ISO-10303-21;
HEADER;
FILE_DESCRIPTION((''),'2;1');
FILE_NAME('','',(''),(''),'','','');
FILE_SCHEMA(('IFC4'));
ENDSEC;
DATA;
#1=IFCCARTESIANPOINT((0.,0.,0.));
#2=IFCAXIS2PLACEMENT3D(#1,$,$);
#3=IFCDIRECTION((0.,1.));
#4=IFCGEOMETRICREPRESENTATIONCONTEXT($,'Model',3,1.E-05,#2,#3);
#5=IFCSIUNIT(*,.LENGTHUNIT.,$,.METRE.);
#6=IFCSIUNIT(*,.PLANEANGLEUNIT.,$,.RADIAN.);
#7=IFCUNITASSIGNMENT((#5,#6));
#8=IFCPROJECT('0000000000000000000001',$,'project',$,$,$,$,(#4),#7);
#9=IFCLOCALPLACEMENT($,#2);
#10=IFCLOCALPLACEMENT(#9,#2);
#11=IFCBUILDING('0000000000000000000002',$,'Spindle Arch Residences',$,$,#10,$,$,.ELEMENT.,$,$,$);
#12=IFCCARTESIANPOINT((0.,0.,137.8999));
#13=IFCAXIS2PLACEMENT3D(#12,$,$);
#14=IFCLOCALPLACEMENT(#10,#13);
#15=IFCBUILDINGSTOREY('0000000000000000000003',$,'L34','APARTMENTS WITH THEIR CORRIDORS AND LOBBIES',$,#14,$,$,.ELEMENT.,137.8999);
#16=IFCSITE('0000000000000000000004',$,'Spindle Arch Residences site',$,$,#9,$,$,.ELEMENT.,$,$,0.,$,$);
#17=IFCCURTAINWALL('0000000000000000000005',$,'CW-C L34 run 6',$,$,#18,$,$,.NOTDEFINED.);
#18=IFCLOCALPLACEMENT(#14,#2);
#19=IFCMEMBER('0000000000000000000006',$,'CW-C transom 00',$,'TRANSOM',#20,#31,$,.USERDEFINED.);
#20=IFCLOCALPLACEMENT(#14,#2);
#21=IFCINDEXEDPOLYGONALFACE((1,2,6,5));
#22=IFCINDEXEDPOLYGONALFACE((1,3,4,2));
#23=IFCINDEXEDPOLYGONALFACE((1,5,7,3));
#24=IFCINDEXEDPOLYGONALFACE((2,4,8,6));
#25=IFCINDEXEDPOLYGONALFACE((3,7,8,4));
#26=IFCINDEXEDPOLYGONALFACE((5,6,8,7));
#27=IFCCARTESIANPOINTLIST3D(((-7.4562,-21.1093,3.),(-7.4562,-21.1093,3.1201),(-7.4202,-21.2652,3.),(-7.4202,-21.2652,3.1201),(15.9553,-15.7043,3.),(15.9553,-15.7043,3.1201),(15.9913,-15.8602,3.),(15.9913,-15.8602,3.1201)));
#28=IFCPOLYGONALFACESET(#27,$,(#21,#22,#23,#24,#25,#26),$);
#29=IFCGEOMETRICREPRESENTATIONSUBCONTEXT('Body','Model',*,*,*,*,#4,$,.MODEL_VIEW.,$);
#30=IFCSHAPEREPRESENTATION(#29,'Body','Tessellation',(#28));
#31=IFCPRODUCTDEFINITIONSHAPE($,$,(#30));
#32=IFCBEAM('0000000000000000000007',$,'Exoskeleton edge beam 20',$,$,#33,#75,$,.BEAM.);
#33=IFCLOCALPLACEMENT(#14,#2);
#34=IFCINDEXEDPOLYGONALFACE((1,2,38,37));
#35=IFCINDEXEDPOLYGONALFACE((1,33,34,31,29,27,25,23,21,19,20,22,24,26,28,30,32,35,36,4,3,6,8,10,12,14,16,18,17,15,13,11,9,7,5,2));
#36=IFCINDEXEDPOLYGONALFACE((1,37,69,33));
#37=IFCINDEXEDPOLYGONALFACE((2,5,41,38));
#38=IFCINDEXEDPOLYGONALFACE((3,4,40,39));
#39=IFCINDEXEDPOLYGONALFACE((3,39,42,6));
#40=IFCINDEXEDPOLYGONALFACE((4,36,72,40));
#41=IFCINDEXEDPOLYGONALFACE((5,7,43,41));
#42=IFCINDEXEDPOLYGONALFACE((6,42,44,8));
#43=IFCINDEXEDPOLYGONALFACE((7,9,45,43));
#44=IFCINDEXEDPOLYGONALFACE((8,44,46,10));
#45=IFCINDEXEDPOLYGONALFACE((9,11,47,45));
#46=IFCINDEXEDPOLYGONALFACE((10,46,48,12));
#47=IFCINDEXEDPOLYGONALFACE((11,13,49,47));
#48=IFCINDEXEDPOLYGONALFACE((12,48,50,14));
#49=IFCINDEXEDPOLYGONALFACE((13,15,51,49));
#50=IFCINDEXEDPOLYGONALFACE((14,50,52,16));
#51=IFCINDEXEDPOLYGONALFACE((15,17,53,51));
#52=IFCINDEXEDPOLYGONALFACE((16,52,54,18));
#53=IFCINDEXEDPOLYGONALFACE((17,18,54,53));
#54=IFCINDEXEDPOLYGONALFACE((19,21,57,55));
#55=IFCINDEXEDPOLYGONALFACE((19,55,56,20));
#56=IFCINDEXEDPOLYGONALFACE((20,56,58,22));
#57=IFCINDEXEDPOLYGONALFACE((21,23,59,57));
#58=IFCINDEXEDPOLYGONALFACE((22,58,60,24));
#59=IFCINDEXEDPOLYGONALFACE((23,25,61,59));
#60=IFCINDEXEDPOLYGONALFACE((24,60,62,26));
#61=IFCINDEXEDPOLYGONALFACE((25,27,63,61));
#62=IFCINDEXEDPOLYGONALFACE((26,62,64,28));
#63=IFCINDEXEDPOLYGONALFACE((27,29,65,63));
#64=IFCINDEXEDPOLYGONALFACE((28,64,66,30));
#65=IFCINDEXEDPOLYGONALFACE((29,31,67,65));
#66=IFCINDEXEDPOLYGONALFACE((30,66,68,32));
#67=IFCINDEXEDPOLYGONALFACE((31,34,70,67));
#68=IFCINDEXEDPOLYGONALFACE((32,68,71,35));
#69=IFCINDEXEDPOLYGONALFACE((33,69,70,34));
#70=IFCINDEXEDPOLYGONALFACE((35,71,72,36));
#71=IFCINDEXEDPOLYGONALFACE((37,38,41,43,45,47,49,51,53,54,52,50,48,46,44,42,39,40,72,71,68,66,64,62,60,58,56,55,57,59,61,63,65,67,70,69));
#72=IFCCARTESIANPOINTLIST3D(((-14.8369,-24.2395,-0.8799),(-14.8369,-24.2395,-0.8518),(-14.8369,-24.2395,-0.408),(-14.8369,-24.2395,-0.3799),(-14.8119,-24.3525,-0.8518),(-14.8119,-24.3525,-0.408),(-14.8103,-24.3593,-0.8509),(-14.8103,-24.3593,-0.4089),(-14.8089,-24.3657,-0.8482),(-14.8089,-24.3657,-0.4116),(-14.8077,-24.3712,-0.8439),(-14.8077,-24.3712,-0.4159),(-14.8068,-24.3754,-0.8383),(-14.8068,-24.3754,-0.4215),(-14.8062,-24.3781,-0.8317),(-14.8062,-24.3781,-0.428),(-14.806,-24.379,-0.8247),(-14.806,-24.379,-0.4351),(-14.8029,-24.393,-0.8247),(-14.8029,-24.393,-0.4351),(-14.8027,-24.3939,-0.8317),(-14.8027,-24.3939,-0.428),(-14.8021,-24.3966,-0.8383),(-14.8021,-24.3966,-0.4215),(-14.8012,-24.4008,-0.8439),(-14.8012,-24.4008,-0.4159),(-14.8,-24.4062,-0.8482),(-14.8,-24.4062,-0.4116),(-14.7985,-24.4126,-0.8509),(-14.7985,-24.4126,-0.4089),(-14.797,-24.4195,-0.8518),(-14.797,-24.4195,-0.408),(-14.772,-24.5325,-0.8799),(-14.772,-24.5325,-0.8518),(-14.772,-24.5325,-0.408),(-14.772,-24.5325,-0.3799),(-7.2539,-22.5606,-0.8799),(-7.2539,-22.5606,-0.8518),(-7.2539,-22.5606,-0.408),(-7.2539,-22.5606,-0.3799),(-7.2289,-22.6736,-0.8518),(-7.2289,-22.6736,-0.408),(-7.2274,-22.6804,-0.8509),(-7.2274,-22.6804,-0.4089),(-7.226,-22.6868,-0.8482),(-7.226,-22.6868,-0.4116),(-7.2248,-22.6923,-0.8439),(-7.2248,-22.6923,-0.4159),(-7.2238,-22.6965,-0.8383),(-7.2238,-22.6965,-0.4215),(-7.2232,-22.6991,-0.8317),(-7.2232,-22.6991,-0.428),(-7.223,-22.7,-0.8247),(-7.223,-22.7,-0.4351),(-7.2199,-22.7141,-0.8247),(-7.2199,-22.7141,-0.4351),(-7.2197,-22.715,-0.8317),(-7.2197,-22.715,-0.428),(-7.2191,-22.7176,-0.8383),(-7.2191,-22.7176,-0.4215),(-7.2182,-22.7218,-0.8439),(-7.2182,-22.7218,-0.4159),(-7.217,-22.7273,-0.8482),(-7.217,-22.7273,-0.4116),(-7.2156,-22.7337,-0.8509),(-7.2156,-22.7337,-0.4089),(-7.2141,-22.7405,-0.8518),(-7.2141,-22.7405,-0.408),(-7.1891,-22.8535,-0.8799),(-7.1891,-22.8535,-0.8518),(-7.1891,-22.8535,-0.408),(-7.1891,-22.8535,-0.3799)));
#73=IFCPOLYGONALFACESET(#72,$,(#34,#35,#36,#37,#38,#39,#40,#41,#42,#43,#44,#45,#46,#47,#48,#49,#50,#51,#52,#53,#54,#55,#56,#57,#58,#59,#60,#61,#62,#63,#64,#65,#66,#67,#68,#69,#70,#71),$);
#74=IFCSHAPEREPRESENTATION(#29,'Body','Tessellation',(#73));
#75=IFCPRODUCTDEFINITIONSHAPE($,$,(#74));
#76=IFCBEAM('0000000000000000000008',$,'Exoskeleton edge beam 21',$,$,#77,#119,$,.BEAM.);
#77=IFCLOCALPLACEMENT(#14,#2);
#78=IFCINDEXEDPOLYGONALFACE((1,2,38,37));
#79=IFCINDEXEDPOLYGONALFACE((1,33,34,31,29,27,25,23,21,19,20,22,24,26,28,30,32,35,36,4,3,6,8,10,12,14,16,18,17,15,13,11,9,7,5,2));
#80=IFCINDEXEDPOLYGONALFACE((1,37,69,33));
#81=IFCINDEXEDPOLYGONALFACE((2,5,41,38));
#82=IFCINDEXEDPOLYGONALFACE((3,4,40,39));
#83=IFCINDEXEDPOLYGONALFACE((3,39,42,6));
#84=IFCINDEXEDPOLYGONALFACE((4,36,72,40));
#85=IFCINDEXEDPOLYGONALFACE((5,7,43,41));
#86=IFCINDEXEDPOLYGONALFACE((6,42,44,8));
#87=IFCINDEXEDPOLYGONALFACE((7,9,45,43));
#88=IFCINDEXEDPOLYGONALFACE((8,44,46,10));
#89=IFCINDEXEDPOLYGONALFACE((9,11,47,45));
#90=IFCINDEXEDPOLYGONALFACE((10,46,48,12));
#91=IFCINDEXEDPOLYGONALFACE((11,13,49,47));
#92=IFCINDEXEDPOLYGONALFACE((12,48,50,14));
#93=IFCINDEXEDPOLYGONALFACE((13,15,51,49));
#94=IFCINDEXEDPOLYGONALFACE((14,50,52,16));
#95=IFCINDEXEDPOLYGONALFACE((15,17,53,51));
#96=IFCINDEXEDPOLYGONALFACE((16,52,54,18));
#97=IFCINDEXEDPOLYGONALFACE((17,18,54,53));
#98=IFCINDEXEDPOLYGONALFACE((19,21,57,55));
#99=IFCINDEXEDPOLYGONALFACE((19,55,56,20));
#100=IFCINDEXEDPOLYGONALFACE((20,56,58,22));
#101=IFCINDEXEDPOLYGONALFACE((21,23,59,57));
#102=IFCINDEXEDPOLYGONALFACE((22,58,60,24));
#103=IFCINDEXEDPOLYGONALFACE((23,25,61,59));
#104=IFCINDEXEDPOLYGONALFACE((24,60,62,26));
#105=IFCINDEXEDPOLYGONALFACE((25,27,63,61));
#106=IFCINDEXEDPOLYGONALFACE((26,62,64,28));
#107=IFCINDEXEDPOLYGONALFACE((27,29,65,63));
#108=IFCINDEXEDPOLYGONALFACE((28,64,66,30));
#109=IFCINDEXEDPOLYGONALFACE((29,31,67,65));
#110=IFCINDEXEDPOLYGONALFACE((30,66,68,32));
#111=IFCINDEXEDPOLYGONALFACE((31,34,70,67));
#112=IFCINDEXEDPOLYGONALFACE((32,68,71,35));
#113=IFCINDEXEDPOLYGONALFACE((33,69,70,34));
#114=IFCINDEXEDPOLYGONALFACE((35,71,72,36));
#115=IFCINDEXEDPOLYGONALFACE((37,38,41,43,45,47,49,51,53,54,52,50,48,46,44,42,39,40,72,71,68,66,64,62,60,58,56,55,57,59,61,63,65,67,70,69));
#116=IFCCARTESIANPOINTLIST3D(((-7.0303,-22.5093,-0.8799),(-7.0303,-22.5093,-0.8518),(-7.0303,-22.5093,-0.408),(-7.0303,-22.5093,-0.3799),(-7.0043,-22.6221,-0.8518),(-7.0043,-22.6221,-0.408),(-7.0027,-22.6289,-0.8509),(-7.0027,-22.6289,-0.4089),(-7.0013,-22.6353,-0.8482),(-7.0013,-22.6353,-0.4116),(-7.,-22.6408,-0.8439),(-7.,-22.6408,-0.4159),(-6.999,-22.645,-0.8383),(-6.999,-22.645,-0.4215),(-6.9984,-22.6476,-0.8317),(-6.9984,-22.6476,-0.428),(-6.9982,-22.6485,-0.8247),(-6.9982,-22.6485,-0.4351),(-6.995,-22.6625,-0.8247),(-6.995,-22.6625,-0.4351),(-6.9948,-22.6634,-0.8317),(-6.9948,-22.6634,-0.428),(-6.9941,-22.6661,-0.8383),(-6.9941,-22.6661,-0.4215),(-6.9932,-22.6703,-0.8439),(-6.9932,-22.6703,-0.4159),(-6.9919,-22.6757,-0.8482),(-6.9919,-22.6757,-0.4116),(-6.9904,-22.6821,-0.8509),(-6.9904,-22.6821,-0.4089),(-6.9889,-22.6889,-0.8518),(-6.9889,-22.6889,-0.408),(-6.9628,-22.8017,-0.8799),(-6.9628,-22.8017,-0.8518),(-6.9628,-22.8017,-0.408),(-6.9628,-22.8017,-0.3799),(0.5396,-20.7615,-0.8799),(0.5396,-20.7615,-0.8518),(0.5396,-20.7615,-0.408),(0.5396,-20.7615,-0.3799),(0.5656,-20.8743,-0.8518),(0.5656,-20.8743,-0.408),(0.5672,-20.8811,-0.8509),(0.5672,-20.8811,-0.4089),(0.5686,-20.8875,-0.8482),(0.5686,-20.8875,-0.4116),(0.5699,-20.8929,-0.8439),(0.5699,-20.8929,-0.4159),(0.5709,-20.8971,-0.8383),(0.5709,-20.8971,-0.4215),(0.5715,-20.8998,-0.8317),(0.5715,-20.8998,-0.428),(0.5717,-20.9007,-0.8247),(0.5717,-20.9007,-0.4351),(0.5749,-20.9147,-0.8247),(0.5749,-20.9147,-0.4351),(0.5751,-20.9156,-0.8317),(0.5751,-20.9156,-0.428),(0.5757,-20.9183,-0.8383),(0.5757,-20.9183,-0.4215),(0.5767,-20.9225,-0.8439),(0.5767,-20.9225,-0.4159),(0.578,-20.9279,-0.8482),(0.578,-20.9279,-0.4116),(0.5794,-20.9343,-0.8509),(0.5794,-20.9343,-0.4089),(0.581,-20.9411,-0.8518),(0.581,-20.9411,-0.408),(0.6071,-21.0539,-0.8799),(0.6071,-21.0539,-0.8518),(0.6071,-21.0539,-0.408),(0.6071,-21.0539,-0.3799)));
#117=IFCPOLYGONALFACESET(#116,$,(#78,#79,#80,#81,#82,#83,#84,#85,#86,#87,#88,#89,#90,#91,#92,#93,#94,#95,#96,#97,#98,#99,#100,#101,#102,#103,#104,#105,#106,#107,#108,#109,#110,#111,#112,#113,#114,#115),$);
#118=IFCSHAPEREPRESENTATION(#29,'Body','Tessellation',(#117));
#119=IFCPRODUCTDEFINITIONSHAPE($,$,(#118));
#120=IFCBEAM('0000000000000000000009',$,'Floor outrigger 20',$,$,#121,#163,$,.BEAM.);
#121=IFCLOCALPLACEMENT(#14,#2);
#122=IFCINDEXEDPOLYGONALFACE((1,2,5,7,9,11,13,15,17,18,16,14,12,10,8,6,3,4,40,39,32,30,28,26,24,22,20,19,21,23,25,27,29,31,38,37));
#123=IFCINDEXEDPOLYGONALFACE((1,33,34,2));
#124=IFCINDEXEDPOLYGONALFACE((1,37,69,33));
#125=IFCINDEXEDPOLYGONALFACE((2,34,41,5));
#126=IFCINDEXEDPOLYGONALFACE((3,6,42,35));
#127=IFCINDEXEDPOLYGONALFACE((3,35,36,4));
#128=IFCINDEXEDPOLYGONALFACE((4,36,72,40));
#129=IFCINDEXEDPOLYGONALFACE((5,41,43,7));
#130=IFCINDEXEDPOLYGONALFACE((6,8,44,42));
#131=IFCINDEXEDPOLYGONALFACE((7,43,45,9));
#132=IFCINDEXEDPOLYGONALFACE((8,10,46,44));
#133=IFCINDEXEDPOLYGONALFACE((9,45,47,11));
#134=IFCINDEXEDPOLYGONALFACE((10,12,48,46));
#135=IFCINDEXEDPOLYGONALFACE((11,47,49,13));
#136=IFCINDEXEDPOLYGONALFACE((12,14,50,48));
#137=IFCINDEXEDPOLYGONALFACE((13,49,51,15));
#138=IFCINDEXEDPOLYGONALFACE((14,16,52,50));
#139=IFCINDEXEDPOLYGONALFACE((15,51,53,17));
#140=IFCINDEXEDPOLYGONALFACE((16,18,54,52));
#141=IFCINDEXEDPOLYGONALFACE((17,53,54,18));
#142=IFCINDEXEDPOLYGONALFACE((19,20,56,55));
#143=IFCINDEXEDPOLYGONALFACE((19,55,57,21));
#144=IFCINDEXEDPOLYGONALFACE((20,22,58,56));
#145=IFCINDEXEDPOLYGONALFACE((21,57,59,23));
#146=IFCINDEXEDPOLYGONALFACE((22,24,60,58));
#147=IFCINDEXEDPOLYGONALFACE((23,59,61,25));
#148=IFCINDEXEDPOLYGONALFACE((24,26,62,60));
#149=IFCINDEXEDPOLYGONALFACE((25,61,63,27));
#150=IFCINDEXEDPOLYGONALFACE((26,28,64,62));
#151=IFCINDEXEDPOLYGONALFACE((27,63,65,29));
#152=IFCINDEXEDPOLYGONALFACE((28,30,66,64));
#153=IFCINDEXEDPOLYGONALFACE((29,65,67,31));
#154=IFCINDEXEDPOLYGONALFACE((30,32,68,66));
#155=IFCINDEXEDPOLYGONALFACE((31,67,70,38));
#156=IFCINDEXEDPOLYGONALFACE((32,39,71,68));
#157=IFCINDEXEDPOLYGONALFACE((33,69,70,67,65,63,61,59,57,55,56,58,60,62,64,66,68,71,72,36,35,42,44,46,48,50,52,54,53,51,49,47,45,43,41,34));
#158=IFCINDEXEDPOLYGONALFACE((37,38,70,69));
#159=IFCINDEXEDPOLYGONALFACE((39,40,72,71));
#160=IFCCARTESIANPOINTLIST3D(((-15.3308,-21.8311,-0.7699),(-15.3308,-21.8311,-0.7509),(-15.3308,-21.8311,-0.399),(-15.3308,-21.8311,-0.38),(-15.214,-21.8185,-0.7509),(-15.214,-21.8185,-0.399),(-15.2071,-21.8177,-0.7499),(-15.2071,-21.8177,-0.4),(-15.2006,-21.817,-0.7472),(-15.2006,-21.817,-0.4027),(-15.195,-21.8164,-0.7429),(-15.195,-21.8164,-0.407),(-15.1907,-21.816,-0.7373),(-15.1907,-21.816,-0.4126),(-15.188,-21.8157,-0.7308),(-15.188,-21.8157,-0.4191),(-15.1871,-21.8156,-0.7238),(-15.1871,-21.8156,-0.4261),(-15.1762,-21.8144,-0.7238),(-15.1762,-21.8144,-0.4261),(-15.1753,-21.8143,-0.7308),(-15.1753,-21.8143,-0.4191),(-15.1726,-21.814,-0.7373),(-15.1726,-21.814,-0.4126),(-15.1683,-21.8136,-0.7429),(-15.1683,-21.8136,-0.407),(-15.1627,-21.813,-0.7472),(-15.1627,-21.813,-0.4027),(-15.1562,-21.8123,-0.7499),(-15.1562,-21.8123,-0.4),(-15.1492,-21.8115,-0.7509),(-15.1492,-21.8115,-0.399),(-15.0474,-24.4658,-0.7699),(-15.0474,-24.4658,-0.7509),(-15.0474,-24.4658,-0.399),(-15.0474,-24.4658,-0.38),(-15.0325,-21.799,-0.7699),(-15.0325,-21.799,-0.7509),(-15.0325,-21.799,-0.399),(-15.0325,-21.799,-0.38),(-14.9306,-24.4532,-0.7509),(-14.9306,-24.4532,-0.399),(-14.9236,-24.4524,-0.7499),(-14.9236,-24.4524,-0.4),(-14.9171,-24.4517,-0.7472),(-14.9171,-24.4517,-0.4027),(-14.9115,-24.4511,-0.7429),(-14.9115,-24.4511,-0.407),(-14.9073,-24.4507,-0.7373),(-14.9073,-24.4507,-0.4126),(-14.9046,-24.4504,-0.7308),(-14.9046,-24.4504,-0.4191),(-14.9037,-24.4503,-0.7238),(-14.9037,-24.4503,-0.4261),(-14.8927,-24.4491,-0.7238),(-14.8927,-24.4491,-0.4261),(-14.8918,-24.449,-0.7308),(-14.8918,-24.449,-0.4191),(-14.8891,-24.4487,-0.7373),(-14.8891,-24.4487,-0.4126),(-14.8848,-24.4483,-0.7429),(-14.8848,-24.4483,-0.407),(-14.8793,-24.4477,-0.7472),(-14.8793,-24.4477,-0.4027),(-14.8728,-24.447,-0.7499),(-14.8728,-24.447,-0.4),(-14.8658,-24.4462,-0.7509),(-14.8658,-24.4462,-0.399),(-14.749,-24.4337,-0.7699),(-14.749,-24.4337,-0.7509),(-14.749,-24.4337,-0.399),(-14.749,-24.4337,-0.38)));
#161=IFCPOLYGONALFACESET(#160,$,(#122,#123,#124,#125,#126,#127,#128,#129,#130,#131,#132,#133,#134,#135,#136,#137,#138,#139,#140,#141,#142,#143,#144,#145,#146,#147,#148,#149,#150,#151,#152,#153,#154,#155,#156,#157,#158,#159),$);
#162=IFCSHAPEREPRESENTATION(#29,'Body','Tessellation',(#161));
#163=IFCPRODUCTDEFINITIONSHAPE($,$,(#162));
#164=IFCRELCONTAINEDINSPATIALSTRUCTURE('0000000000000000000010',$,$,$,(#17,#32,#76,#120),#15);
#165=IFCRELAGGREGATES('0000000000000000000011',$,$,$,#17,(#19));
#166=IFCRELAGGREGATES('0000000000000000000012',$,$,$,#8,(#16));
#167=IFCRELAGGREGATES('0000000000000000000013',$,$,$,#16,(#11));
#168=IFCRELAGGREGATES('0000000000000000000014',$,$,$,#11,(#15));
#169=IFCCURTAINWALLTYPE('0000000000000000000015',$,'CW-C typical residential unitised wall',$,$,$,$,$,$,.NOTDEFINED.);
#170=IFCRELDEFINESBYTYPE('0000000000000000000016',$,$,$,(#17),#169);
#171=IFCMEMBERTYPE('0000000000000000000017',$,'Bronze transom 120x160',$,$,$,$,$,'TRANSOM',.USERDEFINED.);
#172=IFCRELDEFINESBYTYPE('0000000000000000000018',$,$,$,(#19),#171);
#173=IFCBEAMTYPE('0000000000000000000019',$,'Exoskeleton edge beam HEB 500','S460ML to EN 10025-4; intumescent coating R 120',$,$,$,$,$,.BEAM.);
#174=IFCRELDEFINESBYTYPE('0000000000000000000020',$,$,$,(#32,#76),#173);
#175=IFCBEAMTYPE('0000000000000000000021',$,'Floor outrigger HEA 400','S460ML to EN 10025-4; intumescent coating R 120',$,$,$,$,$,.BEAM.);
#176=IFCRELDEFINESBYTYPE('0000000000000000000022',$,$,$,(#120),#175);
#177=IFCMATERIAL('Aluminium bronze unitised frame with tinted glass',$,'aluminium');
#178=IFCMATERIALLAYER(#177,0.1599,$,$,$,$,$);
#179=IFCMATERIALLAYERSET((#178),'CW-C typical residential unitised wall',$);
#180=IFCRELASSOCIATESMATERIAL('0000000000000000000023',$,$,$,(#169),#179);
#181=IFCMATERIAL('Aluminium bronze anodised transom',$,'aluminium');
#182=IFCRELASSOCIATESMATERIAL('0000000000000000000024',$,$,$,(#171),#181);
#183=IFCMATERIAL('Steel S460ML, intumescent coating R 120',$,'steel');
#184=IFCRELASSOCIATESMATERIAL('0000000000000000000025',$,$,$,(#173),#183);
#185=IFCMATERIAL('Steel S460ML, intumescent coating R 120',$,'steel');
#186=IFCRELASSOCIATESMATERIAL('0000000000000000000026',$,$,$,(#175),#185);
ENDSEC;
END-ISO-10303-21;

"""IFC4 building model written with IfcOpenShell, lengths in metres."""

from ifc_helpers import new_model, si_unit, direction, frame, origin, origin_2d, place, context, subcontext, project, spatial, rectangle, i_section, extrude, material, layer, layer_set, material_profile, profile_set, type_object, element, aggregate, save


model = new_model("IFC4")

# Units and contexts
model_context = context("Model", 3, precision=1e-05, world=origin(), true_north=direction((0.0, 1.0)))
body_context = subcontext(model_context, "Body", "Model", "MODEL_VIEW")
ifc_project = project(units=[si_unit("LENGTHUNIT", "METRE"), si_unit("PLANEANGLEUNIT", "RADIAN")], contexts=[model_context])

# Site, building, storey
site_placement = place(None, origin())
site = spatial("IfcSite", under=ifc_project, at=site_placement, Name="Spindle Arch Residences site", CompositionType="ELEMENT", RefElevation=0.0)
building_placement = place(site_placement, origin())
building = spatial("IfcBuilding", under=site, at=building_placement, Name="Spindle Arch Residences", CompositionType="ELEMENT")
storey_placement = place(building_placement, frame((0.0, 0.0, 137.8999)))
storey = spatial("IfcBuildingStorey", under=building, at=storey_placement, Name="L34", Description="APARTMENTS WITH THEIR CORRIDORS AND LOBBIES", CompositionType="ELEMENT", Elevation=137.8999)

# Curtain wall
ifc_material_1 = material(Name="Aluminium bronze unitised frame with tinted glass", Category="aluminium")
ifc_layer_1 = layer(ifc_material_1, 0.1599)
ifc_layer_set_1 = layer_set([ifc_layer_1], Name="CW-C typical residential unitised wall")
curtain_wall_type_1 = type_object("IfcCurtainWallType", Name="CW-C typical residential unitised wall", PredefinedType="NOTDEFINED", material=ifc_layer_set_1)
curtain_wall_1_placement = place(storey_placement, origin())
curtain_wall_1 = element("IfcCurtainWall", 1, at=curtain_wall_1_placement, inside=storey, type_object=curtain_wall_type_1, Name="CW-C L34 run 6", PredefinedType="NOTDEFINED")

# Member
ifc_material_2 = material(Name="Aluminium bronze anodised transom", Category="aluminium")
ifc_material_profile_1 = material_profile(ifc_material_2, rectangle(XDim=0.1599, YDim=0.1201, at=origin_2d()), Name="TR 120x160")
ifc_profile_set_1 = profile_set([ifc_material_profile_1], Name="Aluminium bronze anodised transom")
member_type_1 = type_object("IfcMemberType", Name="Bronze transom 120x160", ElementType="TRANSOM", PredefinedType="USERDEFINED", material=ifc_profile_set_1)
member_1_placement = place(storey_placement, frame((-7.4382, -21.1873, 3.0601), z_axis=(0.97437, 0.224952, 0.0), x_axis=(-0.224952, 0.97437, 0.0)))
member_1 = element("IfcMember", 2, at=member_1_placement, type_object=member_type_1, Name="CW-C transom 00", ObjectType="TRANSOM", PredefinedType="USERDEFINED", context=body_context, shape_type="SweptSolid", body=[
    extrude(rectangle(XDim=0.1599, YDim=0.1201, at=origin_2d()), origin(), (0.0, 0.0, 1.0), 24.0273),
])

# Beams
ifc_material_3 = material(Name="Steel S460ML, intumescent coating R 120", Category="steel")
ifc_material_profile_2 = material_profile(ifc_material_3, i_section(OverallWidth=0.3, OverallDepth=0.5, WebThickness=0.0144, FlangeThickness=0.0281, FilletRadius=0.0271, at=origin_2d()), Name="HEB 500")
ifc_profile_set_2 = profile_set([ifc_material_profile_2], Name="Steel S460ML, intumescent coating R 120")
beam_type_1 = type_object("IfcBeamType", Name="Exoskeleton edge beam HEB 500", Description="S460ML to EN 10025-4; intumescent coating R 120", PredefinedType="BEAM", material=ifc_profile_set_2)
beam_1_placement = place(storey_placement, frame((-14.8044, -24.386, -0.6299), z_axis=(0.976355, 0.216175, 0.0), x_axis=(-0.216175, 0.976355, 0.0)))
element("IfcBeam", 3, at=beam_1_placement, inside=storey, type_object=beam_type_1, Name="Exoskeleton edge beam 20", PredefinedType="BEAM", context=body_context, shape_type="SweptSolid", body=[
    extrude(i_section(OverallWidth=0.3, OverallDepth=0.5, WebThickness=0.0144, FlangeThickness=0.0281, FilletRadius=0.0271, at=origin_2d()), origin(), (0.0, 0.0, 1.0), 7.7666),
])
beam_2_placement = place(storey_placement, frame((-6.9966, -22.6555, -0.6299), z_axis=(0.974365, 0.224972, 0.0), x_axis=(-0.224972, 0.974365, 0.0)))
element("IfcBeam", 4, at=beam_2_placement, inside=storey, type_object=beam_type_1, Name="Exoskeleton edge beam 21", PredefinedType="BEAM", context=body_context, shape_type="SweptSolid", body=[
    extrude(i_section(OverallWidth=0.3, OverallDepth=0.5, WebThickness=0.0144, FlangeThickness=0.0281, FilletRadius=0.0271, at=origin_2d()), origin(), (0.0, 0.0, 1.0), 7.769),
])
ifc_material_4 = material(Name="Steel S460ML, intumescent coating R 120", Category="steel")
ifc_material_profile_3 = material_profile(ifc_material_4, i_section(OverallWidth=0.3, OverallDepth=0.3899, WebThickness=0.011, FlangeThickness=0.019, FilletRadius=0.0271, at=origin_2d()), Name="HEA 400")
ifc_profile_set_3 = profile_set([ifc_material_profile_3], Name="Steel S460ML, intumescent coating R 120")
beam_type_2 = type_object("IfcBeamType", Name="Floor outrigger HEA 400", Description="S460ML to EN 10025-4; intumescent coating R 120", PredefinedType="BEAM", material=ifc_profile_set_3)
for number, where, z_axis, x_axis, name in (
    (5, (-14.8982, -24.4497, -0.575), (-0.106963, 0.994263, 0.0), (-0.994263, -0.106963, 0.0), "Floor outrigger 20"),
):
    element("IfcBeam", number, at=place(storey_placement, frame(where, z_axis=z_axis, x_axis=x_axis)), inside=storey, type_object=beam_type_2, Name=name, PredefinedType="BEAM", context=body_context, shape_type="SweptSolid", body=[
        extrude(i_section(OverallWidth=0.3, OverallDepth=0.3899, WebThickness=0.011, FlangeThickness=0.019, FilletRadius=0.0271, at=origin_2d()), origin(), (0.0, 0.0, 1.0), 2.6499),
    ])

aggregate(curtain_wall_1, [member_1])

save(model, "model.ifc")
